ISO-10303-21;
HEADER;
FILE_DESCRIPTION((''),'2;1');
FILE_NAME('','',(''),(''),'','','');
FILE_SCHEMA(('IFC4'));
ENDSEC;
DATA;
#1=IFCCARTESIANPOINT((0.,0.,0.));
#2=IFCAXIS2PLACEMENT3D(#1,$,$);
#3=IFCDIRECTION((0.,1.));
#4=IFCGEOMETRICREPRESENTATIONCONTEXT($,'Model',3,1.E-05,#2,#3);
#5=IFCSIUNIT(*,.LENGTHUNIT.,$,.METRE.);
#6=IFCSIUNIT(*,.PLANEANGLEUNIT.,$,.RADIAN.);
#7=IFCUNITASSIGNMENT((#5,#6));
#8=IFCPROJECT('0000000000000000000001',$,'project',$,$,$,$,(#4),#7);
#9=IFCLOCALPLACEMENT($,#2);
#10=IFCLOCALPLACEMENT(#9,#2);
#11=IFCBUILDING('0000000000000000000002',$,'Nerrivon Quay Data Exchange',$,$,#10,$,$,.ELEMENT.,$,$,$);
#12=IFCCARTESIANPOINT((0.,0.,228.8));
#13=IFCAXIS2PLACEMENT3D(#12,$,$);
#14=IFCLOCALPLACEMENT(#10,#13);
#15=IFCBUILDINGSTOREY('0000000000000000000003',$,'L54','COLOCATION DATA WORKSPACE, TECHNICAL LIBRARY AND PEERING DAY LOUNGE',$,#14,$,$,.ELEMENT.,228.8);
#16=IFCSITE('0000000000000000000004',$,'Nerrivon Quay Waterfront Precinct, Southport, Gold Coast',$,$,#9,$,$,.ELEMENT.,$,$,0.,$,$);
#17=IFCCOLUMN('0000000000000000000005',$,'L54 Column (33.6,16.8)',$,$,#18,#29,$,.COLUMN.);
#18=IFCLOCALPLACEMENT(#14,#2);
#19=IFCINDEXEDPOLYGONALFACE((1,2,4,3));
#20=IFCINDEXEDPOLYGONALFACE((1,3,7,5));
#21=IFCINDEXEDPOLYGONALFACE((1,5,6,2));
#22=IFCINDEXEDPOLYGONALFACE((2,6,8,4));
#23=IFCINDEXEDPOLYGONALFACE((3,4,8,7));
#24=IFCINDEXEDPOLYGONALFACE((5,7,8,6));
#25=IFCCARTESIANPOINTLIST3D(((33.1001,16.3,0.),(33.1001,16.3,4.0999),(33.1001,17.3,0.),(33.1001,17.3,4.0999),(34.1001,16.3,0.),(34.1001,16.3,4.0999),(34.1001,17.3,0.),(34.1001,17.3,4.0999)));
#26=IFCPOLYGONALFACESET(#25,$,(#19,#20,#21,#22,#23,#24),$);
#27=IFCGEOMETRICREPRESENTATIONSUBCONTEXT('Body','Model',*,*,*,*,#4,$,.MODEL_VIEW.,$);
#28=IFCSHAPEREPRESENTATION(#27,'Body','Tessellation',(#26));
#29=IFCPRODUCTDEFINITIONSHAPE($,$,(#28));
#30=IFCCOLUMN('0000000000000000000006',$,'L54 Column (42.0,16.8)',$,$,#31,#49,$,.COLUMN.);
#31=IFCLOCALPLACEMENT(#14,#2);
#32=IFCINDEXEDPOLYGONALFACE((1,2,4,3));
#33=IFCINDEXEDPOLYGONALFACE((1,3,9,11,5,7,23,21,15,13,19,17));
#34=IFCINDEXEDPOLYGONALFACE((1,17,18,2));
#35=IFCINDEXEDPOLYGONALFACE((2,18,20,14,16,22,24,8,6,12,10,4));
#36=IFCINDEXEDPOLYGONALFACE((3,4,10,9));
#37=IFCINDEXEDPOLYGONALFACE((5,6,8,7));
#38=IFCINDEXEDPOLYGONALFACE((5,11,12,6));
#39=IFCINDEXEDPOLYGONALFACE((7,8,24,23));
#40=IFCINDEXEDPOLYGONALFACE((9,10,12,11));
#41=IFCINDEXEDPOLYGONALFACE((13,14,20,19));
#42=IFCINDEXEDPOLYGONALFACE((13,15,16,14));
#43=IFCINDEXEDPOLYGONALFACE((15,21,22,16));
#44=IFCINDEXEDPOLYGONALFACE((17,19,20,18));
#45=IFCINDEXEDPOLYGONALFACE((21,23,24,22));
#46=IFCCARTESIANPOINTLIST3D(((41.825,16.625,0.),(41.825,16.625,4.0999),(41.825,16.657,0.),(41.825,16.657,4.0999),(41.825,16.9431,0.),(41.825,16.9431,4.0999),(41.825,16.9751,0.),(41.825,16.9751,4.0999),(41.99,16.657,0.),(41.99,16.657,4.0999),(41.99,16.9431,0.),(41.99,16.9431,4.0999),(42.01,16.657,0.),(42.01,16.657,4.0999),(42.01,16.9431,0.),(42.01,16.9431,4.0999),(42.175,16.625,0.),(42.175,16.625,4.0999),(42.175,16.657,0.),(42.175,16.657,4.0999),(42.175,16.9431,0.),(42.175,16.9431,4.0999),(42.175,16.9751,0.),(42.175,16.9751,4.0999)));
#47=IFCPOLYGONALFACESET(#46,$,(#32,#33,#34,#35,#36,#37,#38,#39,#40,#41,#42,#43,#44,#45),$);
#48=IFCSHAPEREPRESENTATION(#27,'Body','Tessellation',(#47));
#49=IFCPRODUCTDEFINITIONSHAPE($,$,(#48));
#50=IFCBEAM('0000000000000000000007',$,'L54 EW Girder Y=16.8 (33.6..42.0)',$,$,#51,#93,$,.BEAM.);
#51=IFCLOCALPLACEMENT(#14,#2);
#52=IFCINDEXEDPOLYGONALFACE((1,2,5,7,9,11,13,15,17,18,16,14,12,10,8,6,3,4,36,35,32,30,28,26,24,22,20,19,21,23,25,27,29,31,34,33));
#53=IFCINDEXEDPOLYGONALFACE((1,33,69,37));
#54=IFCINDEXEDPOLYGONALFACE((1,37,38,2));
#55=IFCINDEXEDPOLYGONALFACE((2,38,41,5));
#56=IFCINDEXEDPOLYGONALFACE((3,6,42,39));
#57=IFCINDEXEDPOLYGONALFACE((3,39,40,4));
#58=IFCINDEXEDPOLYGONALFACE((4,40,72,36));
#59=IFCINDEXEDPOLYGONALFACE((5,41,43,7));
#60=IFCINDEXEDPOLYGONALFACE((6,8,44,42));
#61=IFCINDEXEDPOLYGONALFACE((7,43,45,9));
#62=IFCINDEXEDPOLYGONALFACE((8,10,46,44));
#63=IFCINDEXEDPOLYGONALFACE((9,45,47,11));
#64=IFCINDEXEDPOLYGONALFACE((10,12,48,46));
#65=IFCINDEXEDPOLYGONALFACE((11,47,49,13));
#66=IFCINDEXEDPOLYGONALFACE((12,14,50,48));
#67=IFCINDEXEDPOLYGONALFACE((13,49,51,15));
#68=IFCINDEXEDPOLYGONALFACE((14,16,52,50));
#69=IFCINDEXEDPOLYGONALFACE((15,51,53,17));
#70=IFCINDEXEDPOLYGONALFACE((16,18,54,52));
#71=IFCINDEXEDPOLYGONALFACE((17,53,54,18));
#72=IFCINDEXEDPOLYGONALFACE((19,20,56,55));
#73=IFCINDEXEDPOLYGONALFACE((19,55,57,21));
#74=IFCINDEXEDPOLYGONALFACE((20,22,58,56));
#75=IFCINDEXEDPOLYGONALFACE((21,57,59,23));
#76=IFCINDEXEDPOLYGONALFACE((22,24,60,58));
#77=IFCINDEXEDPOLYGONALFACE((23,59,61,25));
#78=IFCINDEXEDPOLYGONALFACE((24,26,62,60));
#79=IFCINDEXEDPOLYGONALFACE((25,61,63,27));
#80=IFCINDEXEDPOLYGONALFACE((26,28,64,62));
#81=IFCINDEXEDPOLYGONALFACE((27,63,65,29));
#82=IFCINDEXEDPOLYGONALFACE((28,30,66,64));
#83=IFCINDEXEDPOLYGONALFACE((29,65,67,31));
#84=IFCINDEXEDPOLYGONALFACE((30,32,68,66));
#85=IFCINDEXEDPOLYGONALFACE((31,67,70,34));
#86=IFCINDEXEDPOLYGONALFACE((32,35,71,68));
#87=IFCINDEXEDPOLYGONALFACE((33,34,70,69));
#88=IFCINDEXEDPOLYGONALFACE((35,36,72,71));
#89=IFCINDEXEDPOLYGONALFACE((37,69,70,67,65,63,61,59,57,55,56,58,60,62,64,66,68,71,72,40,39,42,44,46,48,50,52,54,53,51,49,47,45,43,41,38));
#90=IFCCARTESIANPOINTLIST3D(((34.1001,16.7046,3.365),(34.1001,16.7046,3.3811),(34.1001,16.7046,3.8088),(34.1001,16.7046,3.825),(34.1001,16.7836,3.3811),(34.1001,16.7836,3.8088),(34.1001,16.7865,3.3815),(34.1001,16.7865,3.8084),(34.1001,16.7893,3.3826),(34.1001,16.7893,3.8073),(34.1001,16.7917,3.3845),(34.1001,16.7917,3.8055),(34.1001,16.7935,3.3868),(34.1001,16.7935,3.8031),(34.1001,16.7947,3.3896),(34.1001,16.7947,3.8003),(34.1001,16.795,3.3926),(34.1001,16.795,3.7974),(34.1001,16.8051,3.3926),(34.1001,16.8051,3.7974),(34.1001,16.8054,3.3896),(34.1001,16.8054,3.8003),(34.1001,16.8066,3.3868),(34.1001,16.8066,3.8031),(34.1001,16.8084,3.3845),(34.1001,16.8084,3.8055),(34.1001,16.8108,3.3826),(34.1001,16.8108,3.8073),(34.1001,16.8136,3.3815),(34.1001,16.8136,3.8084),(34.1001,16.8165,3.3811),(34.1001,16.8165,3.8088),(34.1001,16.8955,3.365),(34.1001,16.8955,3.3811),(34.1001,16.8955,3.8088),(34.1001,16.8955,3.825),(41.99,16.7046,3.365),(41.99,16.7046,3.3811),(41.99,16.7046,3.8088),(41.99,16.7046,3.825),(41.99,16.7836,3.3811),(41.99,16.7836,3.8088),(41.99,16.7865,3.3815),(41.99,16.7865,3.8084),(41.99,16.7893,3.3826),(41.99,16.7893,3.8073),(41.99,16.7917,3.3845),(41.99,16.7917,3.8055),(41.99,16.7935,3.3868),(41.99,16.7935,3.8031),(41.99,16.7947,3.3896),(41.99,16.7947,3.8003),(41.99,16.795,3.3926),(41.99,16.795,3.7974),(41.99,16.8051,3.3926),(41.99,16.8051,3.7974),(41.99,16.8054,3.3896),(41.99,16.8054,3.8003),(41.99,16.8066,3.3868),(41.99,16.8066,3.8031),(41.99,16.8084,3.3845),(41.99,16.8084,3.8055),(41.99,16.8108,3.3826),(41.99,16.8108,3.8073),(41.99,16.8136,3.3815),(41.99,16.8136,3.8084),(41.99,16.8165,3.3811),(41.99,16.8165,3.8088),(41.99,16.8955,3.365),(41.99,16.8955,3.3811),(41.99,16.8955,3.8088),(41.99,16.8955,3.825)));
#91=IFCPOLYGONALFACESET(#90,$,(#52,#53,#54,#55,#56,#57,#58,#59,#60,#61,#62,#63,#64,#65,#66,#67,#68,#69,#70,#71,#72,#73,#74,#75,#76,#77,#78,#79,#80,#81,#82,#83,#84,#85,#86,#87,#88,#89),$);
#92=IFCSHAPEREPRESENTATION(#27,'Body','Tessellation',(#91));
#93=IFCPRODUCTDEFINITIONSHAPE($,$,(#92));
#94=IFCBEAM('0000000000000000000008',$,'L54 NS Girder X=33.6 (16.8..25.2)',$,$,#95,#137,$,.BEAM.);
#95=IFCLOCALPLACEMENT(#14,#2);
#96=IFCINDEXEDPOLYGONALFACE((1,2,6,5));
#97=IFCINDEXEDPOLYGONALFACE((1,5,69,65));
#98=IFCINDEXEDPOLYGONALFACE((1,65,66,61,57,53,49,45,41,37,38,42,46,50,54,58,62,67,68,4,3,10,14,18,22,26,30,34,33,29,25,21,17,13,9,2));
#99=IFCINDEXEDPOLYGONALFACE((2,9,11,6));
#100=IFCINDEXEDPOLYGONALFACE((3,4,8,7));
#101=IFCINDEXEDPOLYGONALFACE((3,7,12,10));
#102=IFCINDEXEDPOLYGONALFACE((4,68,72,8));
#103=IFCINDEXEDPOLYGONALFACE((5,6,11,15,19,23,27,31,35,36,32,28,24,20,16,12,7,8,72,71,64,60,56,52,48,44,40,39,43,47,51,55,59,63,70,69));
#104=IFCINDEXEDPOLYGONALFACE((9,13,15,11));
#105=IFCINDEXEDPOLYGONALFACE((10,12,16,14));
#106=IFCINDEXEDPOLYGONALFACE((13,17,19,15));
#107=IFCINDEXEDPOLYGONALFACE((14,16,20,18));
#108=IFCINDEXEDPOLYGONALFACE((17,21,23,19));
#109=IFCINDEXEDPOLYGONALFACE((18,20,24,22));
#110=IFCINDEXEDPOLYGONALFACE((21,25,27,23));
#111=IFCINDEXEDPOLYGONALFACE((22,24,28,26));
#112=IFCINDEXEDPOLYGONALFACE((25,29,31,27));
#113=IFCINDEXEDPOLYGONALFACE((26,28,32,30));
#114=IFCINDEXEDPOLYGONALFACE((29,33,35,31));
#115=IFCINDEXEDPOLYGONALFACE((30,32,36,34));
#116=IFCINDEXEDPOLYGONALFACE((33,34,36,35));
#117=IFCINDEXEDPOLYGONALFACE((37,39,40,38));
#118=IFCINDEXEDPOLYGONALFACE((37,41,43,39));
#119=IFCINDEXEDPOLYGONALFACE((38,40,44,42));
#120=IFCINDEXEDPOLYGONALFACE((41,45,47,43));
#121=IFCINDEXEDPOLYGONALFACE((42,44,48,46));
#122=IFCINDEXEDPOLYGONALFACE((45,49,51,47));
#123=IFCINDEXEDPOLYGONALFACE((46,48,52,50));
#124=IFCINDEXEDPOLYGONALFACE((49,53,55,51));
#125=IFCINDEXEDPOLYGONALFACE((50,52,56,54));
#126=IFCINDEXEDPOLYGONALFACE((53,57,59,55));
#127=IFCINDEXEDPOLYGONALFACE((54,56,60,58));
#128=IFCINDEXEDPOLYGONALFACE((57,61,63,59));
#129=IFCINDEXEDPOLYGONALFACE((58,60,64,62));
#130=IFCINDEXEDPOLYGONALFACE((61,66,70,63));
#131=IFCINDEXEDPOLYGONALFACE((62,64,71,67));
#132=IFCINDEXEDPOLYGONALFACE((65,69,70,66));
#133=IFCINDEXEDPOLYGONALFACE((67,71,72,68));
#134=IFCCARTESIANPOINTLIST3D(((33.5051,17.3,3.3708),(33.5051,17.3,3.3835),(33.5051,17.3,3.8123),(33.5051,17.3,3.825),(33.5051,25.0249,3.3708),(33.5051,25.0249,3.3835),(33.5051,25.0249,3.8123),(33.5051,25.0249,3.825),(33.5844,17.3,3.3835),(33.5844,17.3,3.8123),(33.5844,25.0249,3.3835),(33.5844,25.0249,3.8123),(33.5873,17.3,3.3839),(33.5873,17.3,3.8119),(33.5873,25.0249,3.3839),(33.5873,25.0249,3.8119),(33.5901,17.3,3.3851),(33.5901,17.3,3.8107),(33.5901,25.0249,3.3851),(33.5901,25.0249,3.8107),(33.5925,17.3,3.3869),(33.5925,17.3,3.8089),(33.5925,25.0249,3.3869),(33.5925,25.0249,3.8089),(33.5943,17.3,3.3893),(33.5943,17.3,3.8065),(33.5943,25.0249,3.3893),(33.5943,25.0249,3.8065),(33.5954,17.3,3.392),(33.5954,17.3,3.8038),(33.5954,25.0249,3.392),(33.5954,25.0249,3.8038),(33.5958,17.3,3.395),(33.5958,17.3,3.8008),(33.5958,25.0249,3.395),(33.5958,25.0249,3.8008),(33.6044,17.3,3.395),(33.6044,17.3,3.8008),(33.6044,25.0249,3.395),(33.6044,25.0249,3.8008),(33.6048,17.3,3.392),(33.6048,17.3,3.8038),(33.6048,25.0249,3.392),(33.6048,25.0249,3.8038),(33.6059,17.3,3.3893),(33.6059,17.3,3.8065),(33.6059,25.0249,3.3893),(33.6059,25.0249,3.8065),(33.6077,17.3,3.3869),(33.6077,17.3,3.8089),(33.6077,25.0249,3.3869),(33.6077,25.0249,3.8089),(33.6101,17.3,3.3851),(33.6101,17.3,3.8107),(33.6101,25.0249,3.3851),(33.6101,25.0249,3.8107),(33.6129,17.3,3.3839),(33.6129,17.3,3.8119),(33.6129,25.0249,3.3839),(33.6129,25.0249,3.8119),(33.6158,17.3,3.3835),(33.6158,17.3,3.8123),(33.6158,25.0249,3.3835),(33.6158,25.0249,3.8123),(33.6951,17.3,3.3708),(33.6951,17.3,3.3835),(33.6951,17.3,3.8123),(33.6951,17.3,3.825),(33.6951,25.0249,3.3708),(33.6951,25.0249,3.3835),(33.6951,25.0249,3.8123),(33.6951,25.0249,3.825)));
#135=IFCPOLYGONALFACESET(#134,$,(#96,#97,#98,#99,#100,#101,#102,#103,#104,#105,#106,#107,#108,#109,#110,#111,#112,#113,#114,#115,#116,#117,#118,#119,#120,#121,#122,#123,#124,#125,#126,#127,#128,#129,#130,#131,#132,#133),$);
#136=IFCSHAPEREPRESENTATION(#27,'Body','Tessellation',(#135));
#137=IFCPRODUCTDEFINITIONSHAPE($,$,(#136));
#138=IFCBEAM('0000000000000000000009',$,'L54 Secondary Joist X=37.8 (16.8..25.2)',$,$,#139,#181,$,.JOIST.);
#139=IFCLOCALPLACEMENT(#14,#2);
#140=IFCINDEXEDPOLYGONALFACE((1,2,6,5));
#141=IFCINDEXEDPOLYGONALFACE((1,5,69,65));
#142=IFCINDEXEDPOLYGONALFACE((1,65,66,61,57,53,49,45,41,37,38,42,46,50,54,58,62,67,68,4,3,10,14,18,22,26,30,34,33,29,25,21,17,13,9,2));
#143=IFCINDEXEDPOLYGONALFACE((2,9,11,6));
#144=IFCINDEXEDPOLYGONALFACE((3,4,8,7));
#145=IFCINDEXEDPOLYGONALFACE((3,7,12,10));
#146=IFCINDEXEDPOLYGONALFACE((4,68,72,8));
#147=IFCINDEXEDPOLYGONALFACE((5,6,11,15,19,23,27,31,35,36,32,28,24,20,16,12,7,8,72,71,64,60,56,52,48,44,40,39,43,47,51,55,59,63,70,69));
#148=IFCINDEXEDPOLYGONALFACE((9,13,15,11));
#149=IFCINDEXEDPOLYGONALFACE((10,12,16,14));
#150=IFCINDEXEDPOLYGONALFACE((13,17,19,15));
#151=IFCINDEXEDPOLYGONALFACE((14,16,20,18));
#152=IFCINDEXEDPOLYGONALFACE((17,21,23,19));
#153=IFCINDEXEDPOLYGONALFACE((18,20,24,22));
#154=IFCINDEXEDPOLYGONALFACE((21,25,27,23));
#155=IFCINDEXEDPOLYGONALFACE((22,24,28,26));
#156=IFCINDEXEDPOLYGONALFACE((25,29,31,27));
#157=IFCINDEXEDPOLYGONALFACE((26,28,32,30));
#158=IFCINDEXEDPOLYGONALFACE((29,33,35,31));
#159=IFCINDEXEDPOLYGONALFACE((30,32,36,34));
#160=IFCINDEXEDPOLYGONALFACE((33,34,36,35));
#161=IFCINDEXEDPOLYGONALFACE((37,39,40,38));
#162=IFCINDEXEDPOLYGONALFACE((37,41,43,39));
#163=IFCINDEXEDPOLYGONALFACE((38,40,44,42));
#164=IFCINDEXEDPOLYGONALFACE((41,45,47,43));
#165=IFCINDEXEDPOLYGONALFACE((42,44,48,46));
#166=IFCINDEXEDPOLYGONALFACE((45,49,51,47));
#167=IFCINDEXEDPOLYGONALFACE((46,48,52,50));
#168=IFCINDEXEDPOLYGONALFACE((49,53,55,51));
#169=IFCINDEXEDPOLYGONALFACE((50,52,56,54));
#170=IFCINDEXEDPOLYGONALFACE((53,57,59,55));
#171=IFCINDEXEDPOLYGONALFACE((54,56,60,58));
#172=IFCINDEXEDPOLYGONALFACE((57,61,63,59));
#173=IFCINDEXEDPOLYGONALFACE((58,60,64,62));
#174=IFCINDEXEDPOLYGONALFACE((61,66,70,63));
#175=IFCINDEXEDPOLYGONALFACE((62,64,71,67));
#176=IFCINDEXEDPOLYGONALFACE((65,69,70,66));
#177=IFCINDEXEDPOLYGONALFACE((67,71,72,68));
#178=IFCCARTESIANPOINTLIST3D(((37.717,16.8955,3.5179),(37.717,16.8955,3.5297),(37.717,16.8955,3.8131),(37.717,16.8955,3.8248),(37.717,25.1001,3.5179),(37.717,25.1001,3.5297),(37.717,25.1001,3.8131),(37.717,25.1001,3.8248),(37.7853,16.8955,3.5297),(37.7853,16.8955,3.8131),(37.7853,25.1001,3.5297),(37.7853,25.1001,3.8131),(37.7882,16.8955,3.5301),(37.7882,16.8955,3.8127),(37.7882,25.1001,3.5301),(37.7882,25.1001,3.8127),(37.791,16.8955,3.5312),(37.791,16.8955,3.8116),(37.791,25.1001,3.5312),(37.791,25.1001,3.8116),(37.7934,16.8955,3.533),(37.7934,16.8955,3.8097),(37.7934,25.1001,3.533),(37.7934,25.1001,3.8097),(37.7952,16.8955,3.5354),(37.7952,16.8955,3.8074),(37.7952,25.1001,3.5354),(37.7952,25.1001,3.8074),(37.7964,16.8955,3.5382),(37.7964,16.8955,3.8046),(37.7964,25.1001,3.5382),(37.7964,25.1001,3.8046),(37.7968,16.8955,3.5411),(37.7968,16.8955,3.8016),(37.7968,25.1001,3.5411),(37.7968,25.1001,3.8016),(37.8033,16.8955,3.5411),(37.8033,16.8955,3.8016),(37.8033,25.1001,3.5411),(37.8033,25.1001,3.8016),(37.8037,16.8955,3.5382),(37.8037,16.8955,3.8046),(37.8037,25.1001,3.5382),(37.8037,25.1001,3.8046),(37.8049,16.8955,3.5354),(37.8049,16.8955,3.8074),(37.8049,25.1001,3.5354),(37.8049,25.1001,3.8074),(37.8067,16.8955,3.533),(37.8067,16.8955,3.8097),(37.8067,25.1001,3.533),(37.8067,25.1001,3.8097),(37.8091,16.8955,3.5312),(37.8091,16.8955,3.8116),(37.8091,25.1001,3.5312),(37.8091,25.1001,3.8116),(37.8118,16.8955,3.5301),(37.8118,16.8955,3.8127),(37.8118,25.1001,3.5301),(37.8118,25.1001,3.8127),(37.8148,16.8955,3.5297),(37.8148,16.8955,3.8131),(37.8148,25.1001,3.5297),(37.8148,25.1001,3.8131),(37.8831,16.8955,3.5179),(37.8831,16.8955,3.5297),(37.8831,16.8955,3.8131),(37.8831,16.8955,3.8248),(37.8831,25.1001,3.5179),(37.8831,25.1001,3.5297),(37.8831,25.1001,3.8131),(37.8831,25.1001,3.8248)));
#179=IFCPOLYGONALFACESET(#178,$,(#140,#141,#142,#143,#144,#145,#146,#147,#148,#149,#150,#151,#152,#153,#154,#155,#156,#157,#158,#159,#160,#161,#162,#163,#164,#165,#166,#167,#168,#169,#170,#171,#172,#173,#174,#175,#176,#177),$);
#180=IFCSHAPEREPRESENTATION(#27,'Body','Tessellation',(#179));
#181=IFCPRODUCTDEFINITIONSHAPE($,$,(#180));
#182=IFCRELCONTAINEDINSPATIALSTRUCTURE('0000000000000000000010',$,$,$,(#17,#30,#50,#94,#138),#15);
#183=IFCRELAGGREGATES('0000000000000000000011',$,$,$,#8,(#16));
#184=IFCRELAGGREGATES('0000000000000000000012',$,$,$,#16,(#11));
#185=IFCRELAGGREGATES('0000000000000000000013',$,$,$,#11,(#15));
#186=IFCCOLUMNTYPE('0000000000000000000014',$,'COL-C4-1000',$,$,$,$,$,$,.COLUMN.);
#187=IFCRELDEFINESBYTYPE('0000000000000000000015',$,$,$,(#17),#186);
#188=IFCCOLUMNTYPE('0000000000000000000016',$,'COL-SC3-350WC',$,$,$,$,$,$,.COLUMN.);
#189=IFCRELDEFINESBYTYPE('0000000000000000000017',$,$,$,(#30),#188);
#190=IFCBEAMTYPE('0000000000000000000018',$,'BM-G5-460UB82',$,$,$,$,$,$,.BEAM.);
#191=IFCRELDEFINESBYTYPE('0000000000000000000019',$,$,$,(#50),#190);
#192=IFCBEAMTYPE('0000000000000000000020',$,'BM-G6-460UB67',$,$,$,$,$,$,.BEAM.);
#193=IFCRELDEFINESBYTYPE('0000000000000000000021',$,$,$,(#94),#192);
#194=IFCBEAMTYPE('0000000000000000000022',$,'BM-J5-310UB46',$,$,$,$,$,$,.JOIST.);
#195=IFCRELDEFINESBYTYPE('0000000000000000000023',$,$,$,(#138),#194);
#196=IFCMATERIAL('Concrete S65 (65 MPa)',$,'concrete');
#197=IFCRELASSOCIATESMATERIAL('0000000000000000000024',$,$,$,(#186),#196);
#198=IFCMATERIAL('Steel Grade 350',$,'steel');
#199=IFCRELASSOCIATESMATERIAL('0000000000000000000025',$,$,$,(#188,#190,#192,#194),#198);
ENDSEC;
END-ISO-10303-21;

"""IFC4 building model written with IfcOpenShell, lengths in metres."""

from ifc_helpers import new_model, si_unit, direction, frame, origin, origin_2d, place, context, subcontext, project, spatial, rectangle, i_section, extrude, material, material_profile, profile_set, type_object, element, save


model = new_model("IFC4")

# Units and contexts
model_context = context("Model", 3, precision=1e-05, world=origin(), true_north=direction((0.0, 1.0)))
body_context = subcontext(model_context, "Body", "Model", "MODEL_VIEW")
ifc_project = project(units=[si_unit("LENGTHUNIT", "METRE"), si_unit("PLANEANGLEUNIT", "RADIAN")], contexts=[model_context])

# Site, building, storey
site_placement = place(None, origin())
site = spatial("IfcSite", under=ifc_project, at=site_placement, Name="Nerrivon Quay Waterfront Precinct, Southport, Gold Coast", CompositionType="ELEMENT", RefElevation=0.0)
building_placement = place(site_placement, origin())
building = spatial("IfcBuilding", under=site, at=building_placement, Name="Nerrivon Quay Data Exchange", CompositionType="ELEMENT")
storey_placement = place(building_placement, frame((0.0, 0.0, 228.8)))
storey = spatial("IfcBuildingStorey", under=building, at=storey_placement, Name="L54", Description="COLOCATION DATA WORKSPACE, TECHNICAL LIBRARY AND PEERING DAY LOUNGE", CompositionType="ELEMENT", Elevation=228.8)

# Columns
ifc_material_1 = material(Name="Concrete S65 (65 MPa)", Category="concrete")
ifc_material_profile_1 = material_profile(ifc_material_1, rectangle(XDim=1.0, YDim=1.0, at=origin_2d()), Name="RC-COL-1000x1000")
ifc_profile_set_1 = profile_set([ifc_material_profile_1], Name="Concrete S65 (65 MPa)")
column_type_1 = type_object("IfcColumnType", Name="COL-C4-1000", PredefinedType="COLUMN", material=ifc_profile_set_1)
column_1_placement = place(storey_placement, frame((33.6001, 16.8, 0.0), z_axis=(0.0, 0.0, 1.0), x_axis=(1.0, 0.0, 0.0)))
element("IfcColumn", 1, at=column_1_placement, inside=storey, type_object=column_type_1, Name="L54 Column (33.6,16.8)", PredefinedType="COLUMN", context=body_context, shape_type="SweptSolid", body=[
    extrude(rectangle(XDim=1.0, YDim=1.0, at=origin_2d()), origin(), (0.0, 0.0, 1.0), 4.0999),
])
ifc_material_2 = material(Name="Steel Grade 350", Category="steel")
ifc_material_profile_2 = material_profile(ifc_material_2, i_section(OverallWidth=0.3501, OverallDepth=0.3501, WebThickness=0.02, FlangeThickness=0.032, at=origin_2d()), Name="350WC230")
ifc_profile_set_2 = profile_set([ifc_material_profile_2], Name="Steel Grade 350")
column_type_2 = type_object("IfcColumnType", Name="COL-SC3-350WC", PredefinedType="COLUMN", material=ifc_profile_set_2)
column_2_placement = place(storey_placement, frame((42.0, 16.8, 0.0), z_axis=(0.0, 0.0, 1.0), x_axis=(1.0, 0.0, 0.0)))
element("IfcColumn", 2, at=column_2_placement, inside=storey, type_object=column_type_2, Name="L54 Column (42.0,16.8)", PredefinedType="COLUMN", context=body_context, shape_type="SweptSolid", body=[
    extrude(i_section(OverallWidth=0.3501, OverallDepth=0.3501, WebThickness=0.02, FlangeThickness=0.032, at=origin_2d()), origin(), (0.0, 0.0, 1.0), 4.0999),
])

# Beams
ifc_material_profile_3 = material_profile(ifc_material_2, i_section(OverallWidth=0.1909, OverallDepth=0.46, WebThickness=0.01, FlangeThickness=0.0161, FilletRadius=0.0115, at=origin_2d()), Name="460UB82.1")
ifc_profile_set_3 = profile_set([ifc_material_profile_3], Name="Steel Grade 350")
beam_type_1 = type_object("IfcBeamType", Name="BM-G5-460UB82", PredefinedType="BEAM", material=ifc_profile_set_3)
beam_1_placement = place(storey_placement, frame((34.1001, 16.8, 3.595), z_axis=(1.0, 0.0, 0.0), x_axis=(0.0, 1.0, 0.0)))
element("IfcBeam", 3, at=beam_1_placement, inside=storey, type_object=beam_type_1, Name="L54 EW Girder Y=16.8 (33.6..42.0)", PredefinedType="BEAM", context=body_context, shape_type="SweptSolid", body=[
    extrude(i_section(OverallWidth=0.1909, OverallDepth=0.46, WebThickness=0.01, FlangeThickness=0.0161, FilletRadius=0.0115, at=origin_2d()), origin(), (0.0, 0.0, 1.0), 7.8899),
])
ifc_material_profile_4 = material_profile(ifc_material_2, i_section(OverallWidth=0.1899, OverallDepth=0.4541, WebThickness=0.0085, FlangeThickness=0.0127, FilletRadius=0.0115, at=origin_2d()), Name="460UB67.1")
ifc_profile_set_4 = profile_set([ifc_material_profile_4], Name="Steel Grade 350")
beam_type_2 = type_object("IfcBeamType", Name="BM-G6-460UB67", PredefinedType="BEAM", material=ifc_profile_set_4)
beam_2_placement = place(storey_placement, frame((33.6001, 17.3, 3.5979), z_axis=(0.0, 1.0, 0.0), x_axis=(-1.0, 0.0, 0.0)))
element("IfcBeam", 4, at=beam_2_placement, inside=storey, type_object=beam_type_2, Name="L54 NS Girder X=33.6 (16.8..25.2)", PredefinedType="BEAM", context=body_context, shape_type="SweptSolid", body=[
    extrude(i_section(OverallWidth=0.1899, OverallDepth=0.4541, WebThickness=0.0085, FlangeThickness=0.0127, FilletRadius=0.0115, at=origin_2d()), origin(), (0.0, 0.0, 1.0), 7.7249),
])
ifc_material_profile_5 = material_profile(ifc_material_2, i_section(OverallWidth=0.166, OverallDepth=0.3069, WebThickness=0.0066, FlangeThickness=0.0117, FilletRadius=0.0115, at=origin_2d()), Name="310UB46.2")
ifc_profile_set_5 = profile_set([ifc_material_profile_5], Name="Steel Grade 350")
beam_type_3 = type_object("IfcBeamType", Name="BM-J5-310UB46", PredefinedType="JOIST", material=ifc_profile_set_5)
beam_3_placement = place(storey_placement, frame((37.8, 16.8955, 3.6714), z_axis=(0.0, 1.0, 0.0), x_axis=(-1.0, 0.0, 0.0)))
element("IfcBeam", 5, at=beam_3_placement, inside=storey, type_object=beam_type_3, Name="L54 Secondary Joist X=37.8 (16.8..25.2)", PredefinedType="JOIST", context=body_context, shape_type="SweptSolid", body=[
    extrude(i_section(OverallWidth=0.166, OverallDepth=0.3069, WebThickness=0.0066, FlangeThickness=0.0117, FilletRadius=0.0115, at=origin_2d()), origin(), (0.0, 0.0, 1.0), 8.2046),
])

save(model, "model.ifc")
